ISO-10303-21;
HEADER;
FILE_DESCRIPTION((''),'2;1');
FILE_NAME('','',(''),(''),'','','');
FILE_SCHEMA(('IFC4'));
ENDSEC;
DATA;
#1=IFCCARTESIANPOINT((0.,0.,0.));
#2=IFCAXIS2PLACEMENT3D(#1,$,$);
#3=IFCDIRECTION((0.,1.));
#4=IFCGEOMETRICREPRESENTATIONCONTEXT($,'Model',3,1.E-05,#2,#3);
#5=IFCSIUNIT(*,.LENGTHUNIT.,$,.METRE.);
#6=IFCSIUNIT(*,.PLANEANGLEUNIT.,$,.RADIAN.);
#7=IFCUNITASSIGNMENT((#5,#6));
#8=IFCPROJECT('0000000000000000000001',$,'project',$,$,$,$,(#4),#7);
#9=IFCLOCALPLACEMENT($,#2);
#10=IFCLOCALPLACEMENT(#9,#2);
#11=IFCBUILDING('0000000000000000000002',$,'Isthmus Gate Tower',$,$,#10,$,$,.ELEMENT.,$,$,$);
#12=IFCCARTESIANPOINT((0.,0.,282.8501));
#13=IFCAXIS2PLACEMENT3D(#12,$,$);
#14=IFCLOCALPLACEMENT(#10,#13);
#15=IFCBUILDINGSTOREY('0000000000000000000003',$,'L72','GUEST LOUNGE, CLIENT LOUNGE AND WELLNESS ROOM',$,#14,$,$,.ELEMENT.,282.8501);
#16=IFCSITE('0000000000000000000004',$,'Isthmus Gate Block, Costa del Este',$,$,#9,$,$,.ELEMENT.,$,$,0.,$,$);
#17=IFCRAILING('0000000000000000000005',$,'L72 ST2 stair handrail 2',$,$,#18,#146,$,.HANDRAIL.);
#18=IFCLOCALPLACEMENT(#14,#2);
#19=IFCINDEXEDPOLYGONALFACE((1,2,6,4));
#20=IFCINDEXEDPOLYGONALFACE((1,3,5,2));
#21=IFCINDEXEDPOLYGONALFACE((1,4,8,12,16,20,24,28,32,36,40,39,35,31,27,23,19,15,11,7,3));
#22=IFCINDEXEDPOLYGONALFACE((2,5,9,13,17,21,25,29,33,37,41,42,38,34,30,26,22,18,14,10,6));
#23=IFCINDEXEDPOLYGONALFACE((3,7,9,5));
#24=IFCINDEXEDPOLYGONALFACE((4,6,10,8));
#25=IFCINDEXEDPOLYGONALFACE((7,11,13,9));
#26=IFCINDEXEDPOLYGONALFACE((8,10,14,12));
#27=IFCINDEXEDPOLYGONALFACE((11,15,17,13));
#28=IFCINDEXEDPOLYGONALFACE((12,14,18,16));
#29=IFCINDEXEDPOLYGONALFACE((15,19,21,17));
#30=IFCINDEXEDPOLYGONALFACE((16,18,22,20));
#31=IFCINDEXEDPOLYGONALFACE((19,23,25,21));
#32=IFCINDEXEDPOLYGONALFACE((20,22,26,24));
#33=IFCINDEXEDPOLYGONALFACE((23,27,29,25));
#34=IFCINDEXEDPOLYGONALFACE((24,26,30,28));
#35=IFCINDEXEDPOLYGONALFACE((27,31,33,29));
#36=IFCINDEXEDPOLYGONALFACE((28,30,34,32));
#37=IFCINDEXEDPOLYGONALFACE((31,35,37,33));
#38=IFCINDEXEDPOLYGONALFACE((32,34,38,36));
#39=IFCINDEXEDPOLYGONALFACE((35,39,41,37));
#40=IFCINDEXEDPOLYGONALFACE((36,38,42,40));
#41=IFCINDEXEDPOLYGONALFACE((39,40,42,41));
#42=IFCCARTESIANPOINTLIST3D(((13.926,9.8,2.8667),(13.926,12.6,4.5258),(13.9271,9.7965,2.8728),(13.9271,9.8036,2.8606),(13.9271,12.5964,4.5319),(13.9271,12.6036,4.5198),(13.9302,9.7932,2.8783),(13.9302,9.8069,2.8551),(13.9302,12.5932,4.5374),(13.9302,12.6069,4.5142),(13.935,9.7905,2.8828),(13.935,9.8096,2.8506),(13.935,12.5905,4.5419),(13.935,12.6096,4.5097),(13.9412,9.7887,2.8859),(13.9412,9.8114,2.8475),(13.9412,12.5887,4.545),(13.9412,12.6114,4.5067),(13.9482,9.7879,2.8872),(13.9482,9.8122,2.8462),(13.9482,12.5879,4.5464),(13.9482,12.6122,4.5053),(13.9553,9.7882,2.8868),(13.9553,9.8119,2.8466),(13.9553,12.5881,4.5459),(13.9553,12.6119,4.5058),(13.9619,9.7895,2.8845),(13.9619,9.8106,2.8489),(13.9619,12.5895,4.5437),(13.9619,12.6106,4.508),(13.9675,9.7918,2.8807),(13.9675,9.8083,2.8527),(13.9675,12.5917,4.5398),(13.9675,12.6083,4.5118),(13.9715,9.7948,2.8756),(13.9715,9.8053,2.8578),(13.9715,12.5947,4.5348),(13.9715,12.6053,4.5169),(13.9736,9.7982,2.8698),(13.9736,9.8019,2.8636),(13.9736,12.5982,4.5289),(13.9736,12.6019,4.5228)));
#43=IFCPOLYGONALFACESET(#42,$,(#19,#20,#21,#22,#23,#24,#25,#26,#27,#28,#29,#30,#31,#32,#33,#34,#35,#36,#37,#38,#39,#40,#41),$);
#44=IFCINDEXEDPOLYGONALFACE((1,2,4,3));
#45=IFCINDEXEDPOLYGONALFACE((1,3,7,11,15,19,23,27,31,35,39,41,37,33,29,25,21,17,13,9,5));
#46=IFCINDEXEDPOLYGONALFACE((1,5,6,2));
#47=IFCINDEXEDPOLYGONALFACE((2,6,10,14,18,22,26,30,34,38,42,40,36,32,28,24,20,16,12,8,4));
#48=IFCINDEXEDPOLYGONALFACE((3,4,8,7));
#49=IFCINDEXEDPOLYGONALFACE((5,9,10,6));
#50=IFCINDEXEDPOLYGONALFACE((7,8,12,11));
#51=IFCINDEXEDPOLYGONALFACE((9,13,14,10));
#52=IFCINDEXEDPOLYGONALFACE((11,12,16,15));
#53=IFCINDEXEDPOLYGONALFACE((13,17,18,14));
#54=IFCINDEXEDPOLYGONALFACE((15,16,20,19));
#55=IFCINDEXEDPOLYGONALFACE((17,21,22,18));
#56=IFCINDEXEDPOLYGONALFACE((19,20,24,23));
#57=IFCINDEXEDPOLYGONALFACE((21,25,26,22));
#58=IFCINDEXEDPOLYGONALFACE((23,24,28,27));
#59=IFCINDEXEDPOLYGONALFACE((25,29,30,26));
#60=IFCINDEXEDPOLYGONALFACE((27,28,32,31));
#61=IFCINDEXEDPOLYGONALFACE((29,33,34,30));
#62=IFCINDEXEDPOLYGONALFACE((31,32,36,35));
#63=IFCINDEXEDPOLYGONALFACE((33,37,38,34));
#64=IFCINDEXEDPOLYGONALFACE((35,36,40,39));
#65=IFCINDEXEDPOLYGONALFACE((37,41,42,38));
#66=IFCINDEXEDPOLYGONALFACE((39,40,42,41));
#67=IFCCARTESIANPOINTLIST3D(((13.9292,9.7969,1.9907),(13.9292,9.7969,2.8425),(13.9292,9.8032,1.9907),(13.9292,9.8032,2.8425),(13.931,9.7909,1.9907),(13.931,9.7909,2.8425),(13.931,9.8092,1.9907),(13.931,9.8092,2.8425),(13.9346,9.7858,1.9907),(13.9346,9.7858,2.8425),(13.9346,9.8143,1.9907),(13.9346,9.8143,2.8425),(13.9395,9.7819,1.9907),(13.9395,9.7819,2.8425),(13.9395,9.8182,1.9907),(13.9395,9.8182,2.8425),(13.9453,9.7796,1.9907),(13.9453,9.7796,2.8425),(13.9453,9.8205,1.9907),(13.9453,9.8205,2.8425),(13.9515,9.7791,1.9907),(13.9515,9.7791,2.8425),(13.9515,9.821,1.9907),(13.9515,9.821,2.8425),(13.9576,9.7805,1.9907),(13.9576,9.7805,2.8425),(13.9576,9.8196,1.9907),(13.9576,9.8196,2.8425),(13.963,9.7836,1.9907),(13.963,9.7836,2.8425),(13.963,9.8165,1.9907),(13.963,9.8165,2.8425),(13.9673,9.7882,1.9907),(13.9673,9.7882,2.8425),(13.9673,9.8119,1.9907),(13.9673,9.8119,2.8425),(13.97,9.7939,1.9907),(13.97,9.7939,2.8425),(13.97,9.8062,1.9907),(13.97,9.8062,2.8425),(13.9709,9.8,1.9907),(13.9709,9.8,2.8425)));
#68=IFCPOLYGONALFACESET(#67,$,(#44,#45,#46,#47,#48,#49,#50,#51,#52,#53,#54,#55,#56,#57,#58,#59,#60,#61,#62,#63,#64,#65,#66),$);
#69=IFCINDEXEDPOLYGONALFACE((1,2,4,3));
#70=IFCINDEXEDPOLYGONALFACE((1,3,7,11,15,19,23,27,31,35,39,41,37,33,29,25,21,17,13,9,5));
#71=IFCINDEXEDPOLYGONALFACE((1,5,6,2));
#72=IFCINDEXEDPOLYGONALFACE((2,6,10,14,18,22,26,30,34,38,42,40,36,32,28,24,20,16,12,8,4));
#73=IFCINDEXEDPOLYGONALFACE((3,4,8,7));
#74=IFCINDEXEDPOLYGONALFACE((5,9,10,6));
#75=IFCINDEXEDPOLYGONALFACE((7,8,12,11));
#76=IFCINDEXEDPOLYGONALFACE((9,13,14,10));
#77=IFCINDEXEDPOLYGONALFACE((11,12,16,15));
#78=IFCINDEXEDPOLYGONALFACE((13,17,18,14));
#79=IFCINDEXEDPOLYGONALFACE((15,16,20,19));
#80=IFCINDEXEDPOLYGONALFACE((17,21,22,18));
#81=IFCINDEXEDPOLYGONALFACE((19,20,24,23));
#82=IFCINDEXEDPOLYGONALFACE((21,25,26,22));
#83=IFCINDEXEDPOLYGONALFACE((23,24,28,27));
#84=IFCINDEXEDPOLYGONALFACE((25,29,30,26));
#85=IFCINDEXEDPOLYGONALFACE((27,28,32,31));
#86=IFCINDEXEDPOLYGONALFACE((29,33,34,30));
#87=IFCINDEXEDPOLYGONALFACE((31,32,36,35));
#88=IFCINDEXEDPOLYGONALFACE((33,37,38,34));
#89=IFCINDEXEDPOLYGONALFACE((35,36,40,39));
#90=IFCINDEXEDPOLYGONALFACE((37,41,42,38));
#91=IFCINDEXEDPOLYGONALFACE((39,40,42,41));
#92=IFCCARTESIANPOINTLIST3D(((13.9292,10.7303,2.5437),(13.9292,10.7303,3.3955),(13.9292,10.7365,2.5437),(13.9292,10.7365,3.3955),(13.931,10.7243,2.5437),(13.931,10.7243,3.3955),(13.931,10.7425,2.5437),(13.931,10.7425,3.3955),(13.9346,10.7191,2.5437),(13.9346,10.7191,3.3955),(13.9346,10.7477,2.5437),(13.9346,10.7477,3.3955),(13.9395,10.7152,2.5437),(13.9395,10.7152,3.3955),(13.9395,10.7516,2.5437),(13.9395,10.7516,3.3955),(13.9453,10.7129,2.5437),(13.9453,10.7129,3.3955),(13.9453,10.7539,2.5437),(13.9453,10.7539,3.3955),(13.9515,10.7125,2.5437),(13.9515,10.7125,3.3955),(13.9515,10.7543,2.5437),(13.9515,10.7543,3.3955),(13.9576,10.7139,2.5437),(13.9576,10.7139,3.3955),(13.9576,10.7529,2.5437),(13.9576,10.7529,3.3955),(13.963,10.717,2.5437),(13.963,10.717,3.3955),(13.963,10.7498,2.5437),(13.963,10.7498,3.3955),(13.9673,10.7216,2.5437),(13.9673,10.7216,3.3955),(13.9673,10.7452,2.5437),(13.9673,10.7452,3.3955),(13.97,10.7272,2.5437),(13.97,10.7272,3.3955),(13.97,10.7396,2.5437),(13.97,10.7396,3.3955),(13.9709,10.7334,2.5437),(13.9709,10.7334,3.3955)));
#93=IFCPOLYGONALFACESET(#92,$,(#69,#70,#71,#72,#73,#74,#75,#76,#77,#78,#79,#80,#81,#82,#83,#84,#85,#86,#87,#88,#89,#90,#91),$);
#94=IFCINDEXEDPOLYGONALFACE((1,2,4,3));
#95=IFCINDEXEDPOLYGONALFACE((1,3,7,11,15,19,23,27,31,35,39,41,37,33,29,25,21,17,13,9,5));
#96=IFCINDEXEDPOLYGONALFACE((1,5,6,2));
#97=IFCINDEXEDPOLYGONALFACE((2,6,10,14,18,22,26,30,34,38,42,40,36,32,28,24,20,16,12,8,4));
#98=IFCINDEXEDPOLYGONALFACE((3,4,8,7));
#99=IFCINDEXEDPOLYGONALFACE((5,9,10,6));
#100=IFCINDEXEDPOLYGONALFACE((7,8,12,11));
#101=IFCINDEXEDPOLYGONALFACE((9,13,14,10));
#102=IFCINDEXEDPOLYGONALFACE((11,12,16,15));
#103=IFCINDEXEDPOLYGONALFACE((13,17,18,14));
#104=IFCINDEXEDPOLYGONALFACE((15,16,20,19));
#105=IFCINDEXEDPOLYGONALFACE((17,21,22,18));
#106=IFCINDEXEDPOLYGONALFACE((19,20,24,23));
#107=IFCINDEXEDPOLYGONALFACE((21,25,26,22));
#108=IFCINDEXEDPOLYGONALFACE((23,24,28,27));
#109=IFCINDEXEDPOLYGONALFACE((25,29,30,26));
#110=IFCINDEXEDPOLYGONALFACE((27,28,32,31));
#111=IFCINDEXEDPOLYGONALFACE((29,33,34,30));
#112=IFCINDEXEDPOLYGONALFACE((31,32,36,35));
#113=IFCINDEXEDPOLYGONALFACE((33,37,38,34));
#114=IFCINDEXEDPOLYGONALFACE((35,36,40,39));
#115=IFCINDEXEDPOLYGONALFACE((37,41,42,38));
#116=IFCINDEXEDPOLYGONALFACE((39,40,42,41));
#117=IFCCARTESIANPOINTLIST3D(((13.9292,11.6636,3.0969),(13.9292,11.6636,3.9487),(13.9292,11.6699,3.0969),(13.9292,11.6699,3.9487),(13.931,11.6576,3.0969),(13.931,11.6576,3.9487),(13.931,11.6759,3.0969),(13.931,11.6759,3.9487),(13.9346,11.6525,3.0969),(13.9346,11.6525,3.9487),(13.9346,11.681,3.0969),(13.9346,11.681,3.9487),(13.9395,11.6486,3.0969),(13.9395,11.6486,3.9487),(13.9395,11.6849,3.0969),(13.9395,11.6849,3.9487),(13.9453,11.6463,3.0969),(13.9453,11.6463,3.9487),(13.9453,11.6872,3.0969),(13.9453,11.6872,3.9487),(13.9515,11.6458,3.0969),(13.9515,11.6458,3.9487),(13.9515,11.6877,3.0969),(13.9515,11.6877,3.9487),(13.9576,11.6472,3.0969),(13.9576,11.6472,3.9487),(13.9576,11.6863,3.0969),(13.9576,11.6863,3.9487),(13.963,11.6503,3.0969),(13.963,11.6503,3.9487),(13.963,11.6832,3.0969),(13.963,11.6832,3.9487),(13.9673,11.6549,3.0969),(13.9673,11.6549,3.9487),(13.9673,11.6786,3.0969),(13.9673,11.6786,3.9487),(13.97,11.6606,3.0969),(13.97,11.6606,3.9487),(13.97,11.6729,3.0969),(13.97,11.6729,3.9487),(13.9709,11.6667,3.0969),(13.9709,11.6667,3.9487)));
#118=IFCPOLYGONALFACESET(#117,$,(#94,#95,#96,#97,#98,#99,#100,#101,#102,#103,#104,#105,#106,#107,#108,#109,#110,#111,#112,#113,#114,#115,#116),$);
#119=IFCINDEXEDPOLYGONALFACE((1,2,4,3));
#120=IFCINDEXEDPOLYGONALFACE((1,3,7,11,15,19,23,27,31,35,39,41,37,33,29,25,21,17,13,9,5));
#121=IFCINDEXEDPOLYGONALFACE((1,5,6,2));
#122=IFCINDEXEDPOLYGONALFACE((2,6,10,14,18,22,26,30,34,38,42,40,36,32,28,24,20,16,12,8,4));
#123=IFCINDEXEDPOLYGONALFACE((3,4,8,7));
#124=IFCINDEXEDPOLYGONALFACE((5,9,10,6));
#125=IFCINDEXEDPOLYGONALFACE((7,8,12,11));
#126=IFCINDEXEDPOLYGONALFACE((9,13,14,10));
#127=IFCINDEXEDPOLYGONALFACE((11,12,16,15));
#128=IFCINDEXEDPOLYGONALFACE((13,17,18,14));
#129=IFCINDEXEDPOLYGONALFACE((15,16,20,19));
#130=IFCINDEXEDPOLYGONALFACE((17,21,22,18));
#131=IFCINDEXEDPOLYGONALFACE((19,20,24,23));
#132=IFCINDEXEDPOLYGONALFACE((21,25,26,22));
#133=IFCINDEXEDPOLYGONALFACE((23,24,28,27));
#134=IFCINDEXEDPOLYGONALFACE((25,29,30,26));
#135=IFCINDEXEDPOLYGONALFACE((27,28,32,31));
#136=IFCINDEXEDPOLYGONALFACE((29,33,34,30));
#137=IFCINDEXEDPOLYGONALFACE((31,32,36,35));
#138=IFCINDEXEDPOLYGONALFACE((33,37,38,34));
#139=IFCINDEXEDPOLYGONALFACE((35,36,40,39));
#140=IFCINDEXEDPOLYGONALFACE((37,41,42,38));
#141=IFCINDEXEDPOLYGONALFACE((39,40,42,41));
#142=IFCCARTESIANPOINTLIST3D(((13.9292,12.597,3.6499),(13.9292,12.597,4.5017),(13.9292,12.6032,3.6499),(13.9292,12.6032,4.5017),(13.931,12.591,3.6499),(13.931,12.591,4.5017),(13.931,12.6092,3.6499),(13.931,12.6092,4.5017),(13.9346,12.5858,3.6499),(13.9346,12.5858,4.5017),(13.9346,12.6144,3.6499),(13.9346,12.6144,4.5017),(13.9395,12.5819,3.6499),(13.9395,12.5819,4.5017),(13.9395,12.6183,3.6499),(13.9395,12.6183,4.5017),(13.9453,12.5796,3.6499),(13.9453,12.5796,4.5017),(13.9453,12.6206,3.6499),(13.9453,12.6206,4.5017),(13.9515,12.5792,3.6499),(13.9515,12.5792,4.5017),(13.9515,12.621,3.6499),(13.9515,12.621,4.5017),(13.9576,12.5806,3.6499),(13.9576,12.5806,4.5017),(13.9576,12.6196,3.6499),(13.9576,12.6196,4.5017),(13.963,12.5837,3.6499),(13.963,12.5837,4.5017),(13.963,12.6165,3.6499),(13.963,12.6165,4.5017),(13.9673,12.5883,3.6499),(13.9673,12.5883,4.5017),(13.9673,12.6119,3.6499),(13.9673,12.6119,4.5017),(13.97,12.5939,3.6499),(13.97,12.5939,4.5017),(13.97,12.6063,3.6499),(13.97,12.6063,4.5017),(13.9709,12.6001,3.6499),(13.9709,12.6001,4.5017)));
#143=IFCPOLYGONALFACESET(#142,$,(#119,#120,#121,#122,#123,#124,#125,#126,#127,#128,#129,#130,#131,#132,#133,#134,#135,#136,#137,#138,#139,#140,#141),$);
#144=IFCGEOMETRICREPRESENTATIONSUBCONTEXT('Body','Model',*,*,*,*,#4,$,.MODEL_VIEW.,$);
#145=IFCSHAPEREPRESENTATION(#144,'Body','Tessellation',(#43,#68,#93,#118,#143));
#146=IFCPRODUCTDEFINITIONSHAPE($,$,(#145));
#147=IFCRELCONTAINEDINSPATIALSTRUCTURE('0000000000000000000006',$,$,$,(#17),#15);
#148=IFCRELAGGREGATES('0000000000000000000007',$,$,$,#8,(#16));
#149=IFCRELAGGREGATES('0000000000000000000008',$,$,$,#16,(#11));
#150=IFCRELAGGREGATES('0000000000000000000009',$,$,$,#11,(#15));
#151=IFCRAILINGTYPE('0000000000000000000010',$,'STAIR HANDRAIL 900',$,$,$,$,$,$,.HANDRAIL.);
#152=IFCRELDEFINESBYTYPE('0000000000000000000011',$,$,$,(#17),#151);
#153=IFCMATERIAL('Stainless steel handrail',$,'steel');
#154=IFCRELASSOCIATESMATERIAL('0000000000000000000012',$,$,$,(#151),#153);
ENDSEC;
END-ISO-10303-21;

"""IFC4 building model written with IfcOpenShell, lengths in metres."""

from ifc_helpers import new_model, si_unit, direction, frame, origin, origin_2d, place, context, subcontext, project, spatial, circle, extrude, material, type_object, element, save


model = new_model("IFC4")

# Units and contexts
model_context = context("Model", 3, precision=1e-05, world=origin(), true_north=direction((0.0, 1.0)))
body_context = subcontext(model_context, "Body", "Model", "MODEL_VIEW")
ifc_project = project(units=[si_unit("LENGTHUNIT", "METRE"), si_unit("PLANEANGLEUNIT", "RADIAN")], contexts=[model_context])

# Site, building, storey
site_placement = place(None, origin())
site = spatial("IfcSite", under=ifc_project, at=site_placement, Name="Isthmus Gate Block, Costa del Este", CompositionType="ELEMENT", RefElevation=0.0)
building_placement = place(site_placement, origin())
building = spatial("IfcBuilding", under=site, at=building_placement, Name="Isthmus Gate Tower", CompositionType="ELEMENT")
storey_placement = place(building_placement, frame((0.0, 0.0, 282.8501)))
storey = spatial("IfcBuildingStorey", under=building, at=storey_placement, Name="L72", Description="GUEST LOUNGE, CLIENT LOUNGE AND WELLNESS ROOM", CompositionType="ELEMENT", Elevation=282.8501)

# Railing
ifc_material_1 = material(Name="Stainless steel handrail", Category="steel")
railing_type_1 = type_object("IfcRailingType", Name="STAIR HANDRAIL 900", PredefinedType="HANDRAIL", material=ifc_material_1)
railing_1_placement = place(storey_placement, frame((13.95, 9.8, 1.9907)))
element("IfcRailing", 1, at=railing_1_placement, inside=storey, type_object=railing_type_1, Name="L72 ST2 stair handrail 2", PredefinedType="HANDRAIL", context=body_context, shape_type="SweptSolid", body=[
    extrude(circle(Radius=0.0239, at=origin_2d()), frame((0.0, 0.0, 0.876), z_axis=(0.0, 0.860306, 0.509778), x_axis=(-1.0, 0.0, 0.0)), (0.0, 0.0, 1.0), 3.2546),
    extrude(circle(Radius=0.021, at=origin_2d()), origin(), (0.0, 0.0, 1.0), 0.8518),
    extrude(circle(Radius=0.021, at=origin_2d()), frame((0.0, 0.9333, 0.553)), (0.0, 0.0, 1.0), 0.8518),
    extrude(circle(Radius=0.021, at=origin_2d()), frame((0.0, 1.8667, 1.1062)), (0.0, 0.0, 1.0), 0.8518),
    extrude(circle(Radius=0.021, at=origin_2d()), frame((0.0, 2.8, 1.6592)), (0.0, 0.0, 1.0), 0.8518),
])

save(model, "model.ifc")
